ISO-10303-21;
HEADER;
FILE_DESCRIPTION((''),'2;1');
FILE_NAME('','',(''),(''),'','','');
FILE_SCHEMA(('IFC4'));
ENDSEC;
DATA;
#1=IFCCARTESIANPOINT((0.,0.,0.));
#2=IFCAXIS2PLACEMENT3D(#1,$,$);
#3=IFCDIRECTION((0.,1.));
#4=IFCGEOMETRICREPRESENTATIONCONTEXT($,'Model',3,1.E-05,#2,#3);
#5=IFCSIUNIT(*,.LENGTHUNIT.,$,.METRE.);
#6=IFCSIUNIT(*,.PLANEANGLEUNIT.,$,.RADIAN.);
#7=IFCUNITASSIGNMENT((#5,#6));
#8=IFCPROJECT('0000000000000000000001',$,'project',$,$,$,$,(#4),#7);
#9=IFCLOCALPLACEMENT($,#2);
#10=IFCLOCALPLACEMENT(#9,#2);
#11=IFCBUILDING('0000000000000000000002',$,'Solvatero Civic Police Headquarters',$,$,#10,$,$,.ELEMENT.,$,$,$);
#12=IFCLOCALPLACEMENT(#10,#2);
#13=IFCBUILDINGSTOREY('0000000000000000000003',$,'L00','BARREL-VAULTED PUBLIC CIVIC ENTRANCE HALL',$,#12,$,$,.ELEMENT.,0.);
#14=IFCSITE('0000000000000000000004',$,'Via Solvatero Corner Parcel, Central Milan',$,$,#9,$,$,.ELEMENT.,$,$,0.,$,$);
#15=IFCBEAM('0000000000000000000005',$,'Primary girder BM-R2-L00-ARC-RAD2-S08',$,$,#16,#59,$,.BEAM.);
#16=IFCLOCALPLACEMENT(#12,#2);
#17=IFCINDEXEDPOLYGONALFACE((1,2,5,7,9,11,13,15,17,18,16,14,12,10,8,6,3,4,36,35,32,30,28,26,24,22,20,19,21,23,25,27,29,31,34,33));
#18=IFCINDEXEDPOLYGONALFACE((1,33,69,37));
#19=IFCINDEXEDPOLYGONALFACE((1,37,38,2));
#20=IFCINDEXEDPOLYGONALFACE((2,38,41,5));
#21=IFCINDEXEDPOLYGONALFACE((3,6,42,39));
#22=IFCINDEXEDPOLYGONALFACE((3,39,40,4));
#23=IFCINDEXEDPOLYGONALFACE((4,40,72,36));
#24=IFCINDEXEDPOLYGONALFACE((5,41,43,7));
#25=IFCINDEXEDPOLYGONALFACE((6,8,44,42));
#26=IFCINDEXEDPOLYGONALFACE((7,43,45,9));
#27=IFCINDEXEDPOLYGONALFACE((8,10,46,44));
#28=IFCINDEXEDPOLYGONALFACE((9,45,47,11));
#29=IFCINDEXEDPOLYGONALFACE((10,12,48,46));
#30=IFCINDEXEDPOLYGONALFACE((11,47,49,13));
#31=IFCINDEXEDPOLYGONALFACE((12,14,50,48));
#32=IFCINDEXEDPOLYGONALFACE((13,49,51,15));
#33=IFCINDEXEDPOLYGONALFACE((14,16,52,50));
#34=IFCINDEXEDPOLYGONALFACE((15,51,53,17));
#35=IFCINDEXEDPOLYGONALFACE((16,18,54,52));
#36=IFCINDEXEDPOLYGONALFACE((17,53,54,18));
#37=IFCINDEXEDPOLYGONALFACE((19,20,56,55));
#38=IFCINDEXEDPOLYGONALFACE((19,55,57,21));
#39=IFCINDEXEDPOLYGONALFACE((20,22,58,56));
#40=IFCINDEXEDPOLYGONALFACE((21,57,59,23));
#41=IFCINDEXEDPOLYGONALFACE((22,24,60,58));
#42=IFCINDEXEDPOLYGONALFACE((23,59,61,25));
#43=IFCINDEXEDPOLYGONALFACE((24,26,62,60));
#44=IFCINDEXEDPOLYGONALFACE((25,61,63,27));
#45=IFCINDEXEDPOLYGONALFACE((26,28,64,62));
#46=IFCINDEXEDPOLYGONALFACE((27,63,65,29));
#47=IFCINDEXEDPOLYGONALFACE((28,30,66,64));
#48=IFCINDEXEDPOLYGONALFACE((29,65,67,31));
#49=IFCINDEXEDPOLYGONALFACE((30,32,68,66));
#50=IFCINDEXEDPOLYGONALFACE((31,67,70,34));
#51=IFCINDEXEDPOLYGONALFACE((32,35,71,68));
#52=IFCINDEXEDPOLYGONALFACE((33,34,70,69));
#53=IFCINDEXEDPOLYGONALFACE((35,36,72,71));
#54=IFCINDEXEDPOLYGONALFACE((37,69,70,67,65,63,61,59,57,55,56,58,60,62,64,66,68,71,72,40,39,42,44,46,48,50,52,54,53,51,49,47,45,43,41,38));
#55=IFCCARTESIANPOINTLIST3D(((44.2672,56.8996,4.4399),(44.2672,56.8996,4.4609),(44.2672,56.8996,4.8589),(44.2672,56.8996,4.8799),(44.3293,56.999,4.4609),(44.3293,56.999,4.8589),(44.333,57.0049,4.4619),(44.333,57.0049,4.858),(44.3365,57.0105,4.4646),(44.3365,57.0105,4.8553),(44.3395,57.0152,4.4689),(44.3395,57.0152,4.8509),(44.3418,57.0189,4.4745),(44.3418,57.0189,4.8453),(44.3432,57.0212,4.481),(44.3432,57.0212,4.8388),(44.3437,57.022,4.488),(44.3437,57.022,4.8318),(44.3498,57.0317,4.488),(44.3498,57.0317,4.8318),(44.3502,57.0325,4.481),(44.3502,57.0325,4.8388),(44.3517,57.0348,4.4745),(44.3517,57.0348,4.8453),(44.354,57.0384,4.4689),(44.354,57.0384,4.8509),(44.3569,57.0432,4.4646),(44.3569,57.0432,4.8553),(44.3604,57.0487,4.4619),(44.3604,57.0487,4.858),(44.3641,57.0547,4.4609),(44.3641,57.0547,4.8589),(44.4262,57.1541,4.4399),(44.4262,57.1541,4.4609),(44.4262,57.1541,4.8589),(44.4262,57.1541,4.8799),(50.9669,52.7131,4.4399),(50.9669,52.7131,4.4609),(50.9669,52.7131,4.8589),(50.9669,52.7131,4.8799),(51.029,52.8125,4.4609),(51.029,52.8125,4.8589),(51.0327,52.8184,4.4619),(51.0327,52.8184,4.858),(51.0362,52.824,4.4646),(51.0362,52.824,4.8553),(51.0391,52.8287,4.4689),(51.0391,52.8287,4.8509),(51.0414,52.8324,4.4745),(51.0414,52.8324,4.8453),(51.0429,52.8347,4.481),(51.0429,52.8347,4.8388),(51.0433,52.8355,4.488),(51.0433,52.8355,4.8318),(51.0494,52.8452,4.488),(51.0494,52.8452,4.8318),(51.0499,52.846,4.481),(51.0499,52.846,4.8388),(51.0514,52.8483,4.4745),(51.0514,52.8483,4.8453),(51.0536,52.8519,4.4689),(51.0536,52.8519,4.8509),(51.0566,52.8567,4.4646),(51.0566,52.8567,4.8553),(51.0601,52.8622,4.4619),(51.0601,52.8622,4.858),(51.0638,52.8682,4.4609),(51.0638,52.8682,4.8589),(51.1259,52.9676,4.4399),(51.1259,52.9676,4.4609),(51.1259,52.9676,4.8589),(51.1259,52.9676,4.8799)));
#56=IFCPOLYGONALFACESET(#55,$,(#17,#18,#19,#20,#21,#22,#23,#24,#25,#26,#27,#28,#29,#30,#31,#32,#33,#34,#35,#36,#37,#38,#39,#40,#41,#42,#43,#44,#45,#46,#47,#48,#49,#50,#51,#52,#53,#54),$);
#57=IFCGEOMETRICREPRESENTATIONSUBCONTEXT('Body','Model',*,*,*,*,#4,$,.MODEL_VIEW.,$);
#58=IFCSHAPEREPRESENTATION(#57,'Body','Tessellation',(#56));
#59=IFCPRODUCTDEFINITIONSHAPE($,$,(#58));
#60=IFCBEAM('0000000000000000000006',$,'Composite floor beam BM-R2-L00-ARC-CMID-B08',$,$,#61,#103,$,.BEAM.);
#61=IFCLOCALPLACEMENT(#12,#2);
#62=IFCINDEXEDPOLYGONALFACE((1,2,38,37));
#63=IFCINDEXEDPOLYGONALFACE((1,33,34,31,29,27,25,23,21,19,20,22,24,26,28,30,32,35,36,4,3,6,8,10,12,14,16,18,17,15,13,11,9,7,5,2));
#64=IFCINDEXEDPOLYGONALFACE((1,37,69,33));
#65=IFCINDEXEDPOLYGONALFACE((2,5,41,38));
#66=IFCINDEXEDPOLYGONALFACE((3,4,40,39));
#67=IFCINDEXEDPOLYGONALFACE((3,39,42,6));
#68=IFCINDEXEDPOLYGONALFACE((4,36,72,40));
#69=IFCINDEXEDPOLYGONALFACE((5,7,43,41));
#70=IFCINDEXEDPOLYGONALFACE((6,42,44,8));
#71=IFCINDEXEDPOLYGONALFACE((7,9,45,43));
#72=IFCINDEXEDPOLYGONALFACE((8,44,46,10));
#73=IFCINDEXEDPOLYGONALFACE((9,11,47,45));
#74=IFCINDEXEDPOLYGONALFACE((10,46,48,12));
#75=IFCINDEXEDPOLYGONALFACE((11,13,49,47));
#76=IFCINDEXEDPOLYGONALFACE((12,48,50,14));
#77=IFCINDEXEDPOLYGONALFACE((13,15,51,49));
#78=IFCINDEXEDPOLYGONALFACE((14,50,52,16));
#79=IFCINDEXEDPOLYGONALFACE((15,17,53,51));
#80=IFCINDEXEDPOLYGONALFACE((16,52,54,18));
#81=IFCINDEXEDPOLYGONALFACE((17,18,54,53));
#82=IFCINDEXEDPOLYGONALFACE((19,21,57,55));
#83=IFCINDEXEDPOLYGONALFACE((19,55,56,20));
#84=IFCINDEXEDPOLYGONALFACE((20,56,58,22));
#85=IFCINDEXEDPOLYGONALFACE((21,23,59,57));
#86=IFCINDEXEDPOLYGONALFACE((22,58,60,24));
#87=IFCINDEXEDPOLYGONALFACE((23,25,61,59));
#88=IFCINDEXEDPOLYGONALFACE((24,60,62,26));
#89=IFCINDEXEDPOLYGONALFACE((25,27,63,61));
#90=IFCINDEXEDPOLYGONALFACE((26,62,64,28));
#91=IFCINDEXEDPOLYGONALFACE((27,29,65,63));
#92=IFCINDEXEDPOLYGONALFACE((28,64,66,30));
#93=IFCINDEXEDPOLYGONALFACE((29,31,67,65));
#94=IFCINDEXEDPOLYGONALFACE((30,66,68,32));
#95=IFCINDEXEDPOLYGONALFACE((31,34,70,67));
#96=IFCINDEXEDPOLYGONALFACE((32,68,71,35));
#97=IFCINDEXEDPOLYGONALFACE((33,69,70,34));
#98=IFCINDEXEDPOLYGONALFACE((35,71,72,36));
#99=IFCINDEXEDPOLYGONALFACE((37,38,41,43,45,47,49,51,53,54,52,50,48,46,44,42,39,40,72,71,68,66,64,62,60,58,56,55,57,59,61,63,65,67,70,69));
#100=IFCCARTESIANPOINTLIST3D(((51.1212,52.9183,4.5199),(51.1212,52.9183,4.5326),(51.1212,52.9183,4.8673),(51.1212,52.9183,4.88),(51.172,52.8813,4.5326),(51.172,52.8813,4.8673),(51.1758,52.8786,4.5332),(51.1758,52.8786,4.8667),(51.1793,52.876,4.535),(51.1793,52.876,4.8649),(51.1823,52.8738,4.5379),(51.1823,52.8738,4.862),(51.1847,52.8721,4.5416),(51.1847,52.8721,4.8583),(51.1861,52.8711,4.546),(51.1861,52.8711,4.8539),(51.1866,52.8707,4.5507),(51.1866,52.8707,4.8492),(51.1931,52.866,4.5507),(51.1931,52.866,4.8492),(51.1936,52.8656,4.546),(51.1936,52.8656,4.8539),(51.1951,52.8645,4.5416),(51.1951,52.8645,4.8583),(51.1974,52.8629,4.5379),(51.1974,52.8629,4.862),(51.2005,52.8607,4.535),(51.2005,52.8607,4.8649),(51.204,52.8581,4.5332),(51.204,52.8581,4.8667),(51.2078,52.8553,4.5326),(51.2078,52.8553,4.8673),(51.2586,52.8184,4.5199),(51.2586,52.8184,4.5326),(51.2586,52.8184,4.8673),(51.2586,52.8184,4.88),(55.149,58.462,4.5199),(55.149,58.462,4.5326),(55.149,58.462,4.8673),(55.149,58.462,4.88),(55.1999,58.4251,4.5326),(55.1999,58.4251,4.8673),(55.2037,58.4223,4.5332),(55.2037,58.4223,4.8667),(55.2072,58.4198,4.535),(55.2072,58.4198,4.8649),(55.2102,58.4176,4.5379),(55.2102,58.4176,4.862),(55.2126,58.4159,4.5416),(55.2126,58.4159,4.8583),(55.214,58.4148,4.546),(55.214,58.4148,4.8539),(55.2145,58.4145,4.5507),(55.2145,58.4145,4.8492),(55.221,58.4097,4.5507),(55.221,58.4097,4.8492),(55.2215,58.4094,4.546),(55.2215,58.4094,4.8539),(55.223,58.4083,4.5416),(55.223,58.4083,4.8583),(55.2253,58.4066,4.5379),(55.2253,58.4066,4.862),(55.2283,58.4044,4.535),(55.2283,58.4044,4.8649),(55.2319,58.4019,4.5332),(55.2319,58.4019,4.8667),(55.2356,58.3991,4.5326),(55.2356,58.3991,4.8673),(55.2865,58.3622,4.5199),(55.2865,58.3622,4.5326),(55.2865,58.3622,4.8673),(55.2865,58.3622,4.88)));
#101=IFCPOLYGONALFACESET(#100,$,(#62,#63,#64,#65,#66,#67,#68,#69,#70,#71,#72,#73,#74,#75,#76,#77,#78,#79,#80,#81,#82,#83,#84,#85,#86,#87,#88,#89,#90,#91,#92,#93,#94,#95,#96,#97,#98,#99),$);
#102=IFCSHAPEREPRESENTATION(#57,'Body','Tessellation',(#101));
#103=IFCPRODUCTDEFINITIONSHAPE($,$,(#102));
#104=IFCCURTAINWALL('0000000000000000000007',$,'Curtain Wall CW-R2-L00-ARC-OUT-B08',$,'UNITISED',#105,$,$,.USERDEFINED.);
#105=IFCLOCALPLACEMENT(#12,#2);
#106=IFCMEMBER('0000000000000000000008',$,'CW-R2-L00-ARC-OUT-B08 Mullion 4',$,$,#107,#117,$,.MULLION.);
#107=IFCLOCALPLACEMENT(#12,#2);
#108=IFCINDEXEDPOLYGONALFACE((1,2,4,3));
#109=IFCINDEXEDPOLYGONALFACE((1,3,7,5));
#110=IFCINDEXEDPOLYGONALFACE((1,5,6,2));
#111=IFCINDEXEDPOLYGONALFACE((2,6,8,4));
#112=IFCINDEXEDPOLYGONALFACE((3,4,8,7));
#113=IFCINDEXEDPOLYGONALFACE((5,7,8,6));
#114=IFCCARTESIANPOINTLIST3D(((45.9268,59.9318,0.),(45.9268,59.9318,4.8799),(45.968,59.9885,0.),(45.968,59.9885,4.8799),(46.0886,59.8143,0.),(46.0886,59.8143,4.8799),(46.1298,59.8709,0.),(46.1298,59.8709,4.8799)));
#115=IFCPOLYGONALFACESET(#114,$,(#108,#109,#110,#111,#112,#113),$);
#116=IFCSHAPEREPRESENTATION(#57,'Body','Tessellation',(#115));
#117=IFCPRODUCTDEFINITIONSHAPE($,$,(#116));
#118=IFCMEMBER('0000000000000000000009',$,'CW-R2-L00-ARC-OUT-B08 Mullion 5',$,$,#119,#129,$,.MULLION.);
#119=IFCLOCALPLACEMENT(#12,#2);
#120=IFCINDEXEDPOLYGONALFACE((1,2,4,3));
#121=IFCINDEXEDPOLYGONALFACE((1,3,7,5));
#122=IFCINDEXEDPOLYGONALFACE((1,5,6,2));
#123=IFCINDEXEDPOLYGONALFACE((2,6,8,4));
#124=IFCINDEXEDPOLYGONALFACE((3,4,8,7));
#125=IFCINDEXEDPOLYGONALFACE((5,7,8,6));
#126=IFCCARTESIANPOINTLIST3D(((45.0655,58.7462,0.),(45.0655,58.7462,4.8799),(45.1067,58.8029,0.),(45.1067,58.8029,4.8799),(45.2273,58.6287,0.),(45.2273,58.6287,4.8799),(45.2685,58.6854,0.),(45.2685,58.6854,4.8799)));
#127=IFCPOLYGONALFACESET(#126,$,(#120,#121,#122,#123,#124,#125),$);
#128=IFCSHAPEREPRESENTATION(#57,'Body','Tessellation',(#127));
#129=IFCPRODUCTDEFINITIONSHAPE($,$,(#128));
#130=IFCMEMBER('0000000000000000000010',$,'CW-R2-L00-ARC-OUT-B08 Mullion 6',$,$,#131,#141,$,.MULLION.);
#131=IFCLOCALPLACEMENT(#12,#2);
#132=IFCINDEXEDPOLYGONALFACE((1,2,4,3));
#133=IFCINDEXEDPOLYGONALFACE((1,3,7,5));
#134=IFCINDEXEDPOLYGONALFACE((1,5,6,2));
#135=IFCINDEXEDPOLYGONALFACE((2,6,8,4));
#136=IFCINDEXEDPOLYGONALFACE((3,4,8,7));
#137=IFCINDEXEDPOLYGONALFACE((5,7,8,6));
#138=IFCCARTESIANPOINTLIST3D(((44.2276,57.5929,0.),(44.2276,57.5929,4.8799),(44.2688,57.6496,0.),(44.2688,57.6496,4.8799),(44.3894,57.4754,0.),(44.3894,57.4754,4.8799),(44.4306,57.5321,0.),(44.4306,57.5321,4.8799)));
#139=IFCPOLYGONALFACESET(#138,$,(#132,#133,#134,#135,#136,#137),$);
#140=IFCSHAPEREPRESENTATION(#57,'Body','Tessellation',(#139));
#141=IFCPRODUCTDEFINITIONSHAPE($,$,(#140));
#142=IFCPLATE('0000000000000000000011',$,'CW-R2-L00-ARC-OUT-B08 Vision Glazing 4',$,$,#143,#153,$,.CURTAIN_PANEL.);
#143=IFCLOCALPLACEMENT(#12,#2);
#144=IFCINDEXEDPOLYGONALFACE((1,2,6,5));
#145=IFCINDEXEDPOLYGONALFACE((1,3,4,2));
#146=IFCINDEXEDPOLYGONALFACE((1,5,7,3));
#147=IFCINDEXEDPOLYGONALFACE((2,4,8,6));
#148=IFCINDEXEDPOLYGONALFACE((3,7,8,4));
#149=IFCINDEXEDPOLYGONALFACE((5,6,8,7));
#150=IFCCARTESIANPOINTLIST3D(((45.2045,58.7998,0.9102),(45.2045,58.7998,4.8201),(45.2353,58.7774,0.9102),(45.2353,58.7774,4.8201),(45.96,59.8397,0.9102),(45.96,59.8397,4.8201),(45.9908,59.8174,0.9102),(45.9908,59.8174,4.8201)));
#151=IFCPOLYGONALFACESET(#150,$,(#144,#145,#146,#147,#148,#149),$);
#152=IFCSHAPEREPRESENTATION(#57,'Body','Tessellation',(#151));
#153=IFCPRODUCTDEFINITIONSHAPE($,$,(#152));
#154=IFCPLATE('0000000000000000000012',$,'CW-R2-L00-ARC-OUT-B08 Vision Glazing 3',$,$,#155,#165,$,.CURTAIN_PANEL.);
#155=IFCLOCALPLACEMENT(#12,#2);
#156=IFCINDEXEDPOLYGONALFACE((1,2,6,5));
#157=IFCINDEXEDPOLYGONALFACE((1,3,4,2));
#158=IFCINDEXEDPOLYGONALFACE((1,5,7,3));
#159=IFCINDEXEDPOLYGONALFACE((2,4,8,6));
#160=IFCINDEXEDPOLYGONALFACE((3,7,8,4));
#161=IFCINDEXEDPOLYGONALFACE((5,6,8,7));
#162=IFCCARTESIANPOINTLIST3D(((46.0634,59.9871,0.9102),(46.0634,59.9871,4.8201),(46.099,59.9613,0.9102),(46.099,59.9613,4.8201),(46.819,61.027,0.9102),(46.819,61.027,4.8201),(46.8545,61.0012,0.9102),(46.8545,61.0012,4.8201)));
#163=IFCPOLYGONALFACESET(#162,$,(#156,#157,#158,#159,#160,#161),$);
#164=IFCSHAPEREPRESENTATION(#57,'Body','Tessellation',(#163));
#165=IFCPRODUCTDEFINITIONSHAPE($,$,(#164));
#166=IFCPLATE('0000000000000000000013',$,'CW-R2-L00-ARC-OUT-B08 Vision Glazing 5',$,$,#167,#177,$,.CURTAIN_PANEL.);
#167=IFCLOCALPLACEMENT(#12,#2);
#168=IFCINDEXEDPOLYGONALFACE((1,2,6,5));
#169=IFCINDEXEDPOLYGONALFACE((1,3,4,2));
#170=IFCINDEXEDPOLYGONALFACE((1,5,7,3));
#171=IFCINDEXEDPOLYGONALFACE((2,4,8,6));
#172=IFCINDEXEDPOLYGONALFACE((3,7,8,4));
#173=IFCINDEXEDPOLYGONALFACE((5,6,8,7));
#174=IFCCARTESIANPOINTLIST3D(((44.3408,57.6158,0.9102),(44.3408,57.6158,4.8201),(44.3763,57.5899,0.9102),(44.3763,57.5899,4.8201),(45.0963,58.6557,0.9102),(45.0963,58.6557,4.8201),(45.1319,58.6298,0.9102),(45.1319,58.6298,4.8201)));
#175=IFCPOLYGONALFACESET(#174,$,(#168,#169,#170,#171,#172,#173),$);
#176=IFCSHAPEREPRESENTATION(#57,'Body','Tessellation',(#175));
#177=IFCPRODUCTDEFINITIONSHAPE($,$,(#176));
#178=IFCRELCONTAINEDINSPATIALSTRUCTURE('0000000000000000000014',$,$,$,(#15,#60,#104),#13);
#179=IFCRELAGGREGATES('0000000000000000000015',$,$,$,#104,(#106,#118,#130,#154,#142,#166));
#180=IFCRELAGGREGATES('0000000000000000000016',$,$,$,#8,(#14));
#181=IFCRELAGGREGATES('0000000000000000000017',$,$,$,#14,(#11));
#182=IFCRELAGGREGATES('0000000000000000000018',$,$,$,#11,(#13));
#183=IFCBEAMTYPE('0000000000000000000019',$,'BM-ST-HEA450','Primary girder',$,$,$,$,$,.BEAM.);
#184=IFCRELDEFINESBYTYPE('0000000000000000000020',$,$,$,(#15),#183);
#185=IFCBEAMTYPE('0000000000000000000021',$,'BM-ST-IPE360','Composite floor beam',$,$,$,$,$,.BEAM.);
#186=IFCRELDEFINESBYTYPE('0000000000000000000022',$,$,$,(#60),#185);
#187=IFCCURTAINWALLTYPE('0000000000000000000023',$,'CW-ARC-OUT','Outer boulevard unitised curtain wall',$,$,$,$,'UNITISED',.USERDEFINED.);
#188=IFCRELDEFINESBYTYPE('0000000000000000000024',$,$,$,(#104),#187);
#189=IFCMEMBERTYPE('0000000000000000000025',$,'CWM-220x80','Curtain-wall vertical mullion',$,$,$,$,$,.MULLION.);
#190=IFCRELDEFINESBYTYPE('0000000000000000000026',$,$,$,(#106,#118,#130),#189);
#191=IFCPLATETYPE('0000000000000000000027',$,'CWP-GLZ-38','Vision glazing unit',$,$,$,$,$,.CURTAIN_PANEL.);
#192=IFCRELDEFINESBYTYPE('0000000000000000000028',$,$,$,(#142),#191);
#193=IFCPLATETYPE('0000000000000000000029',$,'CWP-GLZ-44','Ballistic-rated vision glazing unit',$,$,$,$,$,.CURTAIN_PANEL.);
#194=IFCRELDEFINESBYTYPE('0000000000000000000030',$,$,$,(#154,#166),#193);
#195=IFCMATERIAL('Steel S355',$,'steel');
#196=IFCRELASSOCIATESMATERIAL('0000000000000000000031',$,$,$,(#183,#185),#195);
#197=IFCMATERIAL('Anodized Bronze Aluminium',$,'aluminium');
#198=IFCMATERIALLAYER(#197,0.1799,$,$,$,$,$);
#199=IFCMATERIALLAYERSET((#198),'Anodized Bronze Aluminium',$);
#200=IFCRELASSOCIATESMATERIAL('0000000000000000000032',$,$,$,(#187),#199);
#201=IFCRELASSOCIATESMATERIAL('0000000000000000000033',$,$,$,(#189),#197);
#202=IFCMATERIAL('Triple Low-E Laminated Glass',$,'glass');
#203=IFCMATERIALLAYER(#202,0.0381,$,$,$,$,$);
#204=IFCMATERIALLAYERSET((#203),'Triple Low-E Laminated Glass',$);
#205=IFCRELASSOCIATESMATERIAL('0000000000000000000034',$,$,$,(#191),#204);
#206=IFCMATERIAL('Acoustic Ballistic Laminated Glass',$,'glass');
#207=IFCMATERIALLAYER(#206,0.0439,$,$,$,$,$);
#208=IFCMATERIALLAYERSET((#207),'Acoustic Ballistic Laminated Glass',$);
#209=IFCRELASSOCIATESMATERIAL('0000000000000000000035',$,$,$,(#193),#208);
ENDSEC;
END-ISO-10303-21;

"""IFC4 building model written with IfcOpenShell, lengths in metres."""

from ifc_helpers import new_model, si_unit, direction, frame, origin, origin_2d, place, context, subcontext, project, spatial, rectangle, i_section, extrude, material, layer, layer_set, material_profile, profile_set, type_object, element, aggregate, save


model = new_model("IFC4")

# Units and contexts
model_context = context("Model", 3, precision=1e-05, world=origin(), true_north=direction((0.0, 1.0)))
body_context = subcontext(model_context, "Body", "Model", "MODEL_VIEW")
ifc_project = project(units=[si_unit("LENGTHUNIT", "METRE"), si_unit("PLANEANGLEUNIT", "RADIAN")], contexts=[model_context])

# Site, building, storey
site_placement = place(None, origin())
site = spatial("IfcSite", under=ifc_project, at=site_placement, Name="Via Solvatero Corner Parcel, Central Milan", CompositionType="ELEMENT", RefElevation=0.0)
building_placement = place(site_placement, origin())
building = spatial("IfcBuilding", under=site, at=building_placement, Name="Solvatero Civic Police Headquarters", CompositionType="ELEMENT")
storey_placement = place(building_placement, origin())
storey = spatial("IfcBuildingStorey", under=building, at=storey_placement, Name="L00", Description="BARREL-VAULTED PUBLIC CIVIC ENTRANCE HALL", CompositionType="ELEMENT", Elevation=0.0)

# Beams
ifc_material_1 = material(Name="Steel S355", Category="steel")
ifc_material_profile_1 = material_profile(ifc_material_1, i_section(OverallWidth=0.3, OverallDepth=0.4399, WebThickness=0.0115, FlangeThickness=0.021, FilletRadius=0.0271, at=origin_2d()), Name="HEA 450")
ifc_profile_set_1 = profile_set([ifc_material_profile_1], Name="Steel S355")
beam_type_1 = type_object("IfcBeamType", Name="BM-ST-HEA450", Description="Primary girder", PredefinedType="BEAM", material=ifc_profile_set_1)
for number, where, z_axis, x_axis, name in (
    (1, (51.0464, 52.8403, 4.6599), (-0.848043, 0.529927, 0.0), (-0.529927, -0.848043, 0.0), "Primary girder BM-R2-L00-ARC-RAD2-S08"),
):
    element("IfcBeam", number, at=place(storey_placement, frame(where, z_axis=z_axis, x_axis=x_axis)), inside=storey, type_object=beam_type_1, Name=name, PredefinedType="BEAM", context=body_context, shape_type="SweptSolid", body=[
        extrude(i_section(OverallWidth=0.3, OverallDepth=0.4399, WebThickness=0.0115, FlangeThickness=0.021, FilletRadius=0.0271, at=origin_2d()), origin(), (0.0, 0.0, 1.0), 7.9001),
    ])
ifc_material_profile_2 = material_profile(ifc_material_1, i_section(OverallWidth=0.1699, OverallDepth=0.3601, WebThickness=0.0081, FlangeThickness=0.0127, FilletRadius=0.0181, at=origin_2d()), Name="IPE 360")
ifc_profile_set_2 = profile_set([ifc_material_profile_2], Name="Steel S355")
beam_type_2 = type_object("IfcBeamType", Name="BM-ST-IPE360", Description="Composite floor beam", PredefinedType="BEAM", material=ifc_profile_set_2)
beam_1_placement = place(storey_placement, frame((55.2178, 58.4121, 4.7), z_axis=(-0.587795, -0.80901, 0.0), x_axis=(0.80901, -0.587795, 0.0)))
element("IfcBeam", 2, at=beam_1_placement, inside=storey, type_object=beam_type_2, Name="Composite floor beam BM-R2-L00-ARC-CMID-B08", PredefinedType="BEAM", context=body_context, shape_type="SweptSolid", body=[
    extrude(i_section(OverallWidth=0.1699, OverallDepth=0.3601, WebThickness=0.0081, FlangeThickness=0.0127, FilletRadius=0.0181, at=origin_2d()), origin(), (0.0, 0.0, 1.0), 6.8525),
])

# Curtain wall, members, plates
ifc_material_2 = material(Name="Anodized Bronze Aluminium", Category="aluminium")
ifc_layer_1 = layer(ifc_material_2, 0.1799)
ifc_layer_set_1 = layer_set([ifc_layer_1], Name="Anodized Bronze Aluminium")
curtain_wall_type = type_object("IfcCurtainWallType", Name="CW-ARC-OUT", Description="Outer boulevard unitised curtain wall", ElementType="UNITISED", PredefinedType="USERDEFINED", material=ifc_layer_set_1)
curtain_wall_placement = place(storey_placement, origin())
curtain_wall = element("IfcCurtainWall", 3, at=curtain_wall_placement, inside=storey, type_object=curtain_wall_type, Name="Curtain Wall CW-R2-L00-ARC-OUT-B08", ObjectType="UNITISED", PredefinedType="USERDEFINED")
ifc_material_profile_3 = material_profile(ifc_material_2, rectangle(XDim=0.0701, YDim=0.2, at=origin_2d()), Name="ALU MULLION 70x200")
ifc_profile_set_3 = profile_set([ifc_material_profile_3], Name="Anodized Bronze Aluminium")
member_type = type_object("IfcMemberType", Name="CWM-220x80", Description="Curtain-wall vertical mullion", PredefinedType="MULLION", material=ifc_profile_set_3)
member_1_placement = place(storey_placement, frame((46.0283, 59.9014, 0.0), z_axis=(0.0, 0.0, 1.0), x_axis=(-0.587785, -0.809017, 0.0)))
member_1 = element("IfcMember", 4, at=member_1_placement, type_object=member_type, Name="CW-R2-L00-ARC-OUT-B08 Mullion 4", PredefinedType="MULLION", context=body_context, shape_type="SweptSolid", body=[
    extrude(rectangle(XDim=0.0701, YDim=0.2, at=origin_2d()), origin(), (0.0, 0.0, 1.0), 4.8799),
])
member_2_placement = place(storey_placement, frame((45.167, 58.7158, 0.0), z_axis=(0.0, 0.0, 1.0), x_axis=(-0.587785, -0.809017, 0.0)))
member_2 = element("IfcMember", 5, at=member_2_placement, type_object=member_type, Name="CW-R2-L00-ARC-OUT-B08 Mullion 5", PredefinedType="MULLION", context=body_context, shape_type="SweptSolid", body=[
    extrude(rectangle(XDim=0.0701, YDim=0.2, at=origin_2d()), origin(), (0.0, 0.0, 1.0), 4.8799),
])
member_3_placement = place(storey_placement, frame((44.3291, 57.5625, 0.0), z_axis=(0.0, 0.0, 1.0), x_axis=(-0.587785, -0.809017, 0.0)))
member_3 = element("IfcMember", 6, at=member_3_placement, type_object=member_type, Name="CW-R2-L00-ARC-OUT-B08 Mullion 6", PredefinedType="MULLION", context=body_context, shape_type="SweptSolid", body=[
    extrude(rectangle(XDim=0.0701, YDim=0.2, at=origin_2d()), origin(), (0.0, 0.0, 1.0), 4.8799),
])
ifc_material_3 = material(Name="Triple Low-E Laminated Glass", Category="glass")
ifc_layer_2 = layer(ifc_material_3, 0.0381)
ifc_layer_set_2 = layer_set([ifc_layer_2], Name="Triple Low-E Laminated Glass")
plate_type_1 = type_object("IfcPlateType", Name="CWP-GLZ-38", Description="Vision glazing unit", PredefinedType="CURTAIN_PANEL", material=ifc_layer_set_2)
plate_1_placement = place(storey_placement, frame((45.5977, 59.3086, 0.9102), z_axis=(0.0, 0.0, 1.0), x_axis=(-0.587785, -0.809017, 0.0)))
plate_1 = element("IfcPlate", 7, at=plate_1_placement, type_object=plate_type_1, Name="CW-R2-L00-ARC-OUT-B08 Vision Glazing 4", PredefinedType="CURTAIN_PANEL", context=body_context, shape_type="SweptSolid", body=[
    extrude(rectangle(XDim=1.2854, YDim=0.0381, at=origin_2d()), origin(), (0.0, 0.0, 1.0), 3.9099),
])
ifc_material_4 = material(Name="Acoustic Ballistic Laminated Glass", Category="glass")
ifc_layer_3 = layer(ifc_material_4, 0.0439)
ifc_layer_set_3 = layer_set([ifc_layer_3], Name="Acoustic Ballistic Laminated Glass")
plate_type_2 = type_object("IfcPlateType", Name="CWP-GLZ-44", Description="Ballistic-rated vision glazing unit", PredefinedType="CURTAIN_PANEL", material=ifc_layer_set_3)
plate_2_placement = place(storey_placement, frame((46.459, 60.4941, 0.9102), z_axis=(0.0, 0.0, 1.0), x_axis=(-0.587785, -0.809017, 0.0)))
plate_2 = element("IfcPlate", 8, at=plate_2_placement, type_object=plate_type_2, Name="CW-R2-L00-ARC-OUT-B08 Vision Glazing 3", PredefinedType="CURTAIN_PANEL", context=body_context, shape_type="SweptSolid", body=[
    extrude(rectangle(XDim=1.2854, YDim=0.0439, at=origin_2d()), origin(), (0.0, 0.0, 1.0), 3.9099),
])
plate_3_placement = place(storey_placement, frame((44.7363, 58.1228, 0.9102), z_axis=(0.0, 0.0, 1.0), x_axis=(-0.587785, -0.809017, 0.0)))
plate_3 = element("IfcPlate", 9, at=plate_3_placement, type_object=plate_type_2, Name="CW-R2-L00-ARC-OUT-B08 Vision Glazing 5", PredefinedType="CURTAIN_PANEL", context=body_context, shape_type="SweptSolid", body=[
    extrude(rectangle(XDim=1.2854, YDim=0.0439, at=origin_2d()), origin(), (0.0, 0.0, 1.0), 3.9099),
])
aggregate(curtain_wall, [member_1, member_2, member_3, plate_2, plate_1, plate_3])

save(model, "model.ifc")
